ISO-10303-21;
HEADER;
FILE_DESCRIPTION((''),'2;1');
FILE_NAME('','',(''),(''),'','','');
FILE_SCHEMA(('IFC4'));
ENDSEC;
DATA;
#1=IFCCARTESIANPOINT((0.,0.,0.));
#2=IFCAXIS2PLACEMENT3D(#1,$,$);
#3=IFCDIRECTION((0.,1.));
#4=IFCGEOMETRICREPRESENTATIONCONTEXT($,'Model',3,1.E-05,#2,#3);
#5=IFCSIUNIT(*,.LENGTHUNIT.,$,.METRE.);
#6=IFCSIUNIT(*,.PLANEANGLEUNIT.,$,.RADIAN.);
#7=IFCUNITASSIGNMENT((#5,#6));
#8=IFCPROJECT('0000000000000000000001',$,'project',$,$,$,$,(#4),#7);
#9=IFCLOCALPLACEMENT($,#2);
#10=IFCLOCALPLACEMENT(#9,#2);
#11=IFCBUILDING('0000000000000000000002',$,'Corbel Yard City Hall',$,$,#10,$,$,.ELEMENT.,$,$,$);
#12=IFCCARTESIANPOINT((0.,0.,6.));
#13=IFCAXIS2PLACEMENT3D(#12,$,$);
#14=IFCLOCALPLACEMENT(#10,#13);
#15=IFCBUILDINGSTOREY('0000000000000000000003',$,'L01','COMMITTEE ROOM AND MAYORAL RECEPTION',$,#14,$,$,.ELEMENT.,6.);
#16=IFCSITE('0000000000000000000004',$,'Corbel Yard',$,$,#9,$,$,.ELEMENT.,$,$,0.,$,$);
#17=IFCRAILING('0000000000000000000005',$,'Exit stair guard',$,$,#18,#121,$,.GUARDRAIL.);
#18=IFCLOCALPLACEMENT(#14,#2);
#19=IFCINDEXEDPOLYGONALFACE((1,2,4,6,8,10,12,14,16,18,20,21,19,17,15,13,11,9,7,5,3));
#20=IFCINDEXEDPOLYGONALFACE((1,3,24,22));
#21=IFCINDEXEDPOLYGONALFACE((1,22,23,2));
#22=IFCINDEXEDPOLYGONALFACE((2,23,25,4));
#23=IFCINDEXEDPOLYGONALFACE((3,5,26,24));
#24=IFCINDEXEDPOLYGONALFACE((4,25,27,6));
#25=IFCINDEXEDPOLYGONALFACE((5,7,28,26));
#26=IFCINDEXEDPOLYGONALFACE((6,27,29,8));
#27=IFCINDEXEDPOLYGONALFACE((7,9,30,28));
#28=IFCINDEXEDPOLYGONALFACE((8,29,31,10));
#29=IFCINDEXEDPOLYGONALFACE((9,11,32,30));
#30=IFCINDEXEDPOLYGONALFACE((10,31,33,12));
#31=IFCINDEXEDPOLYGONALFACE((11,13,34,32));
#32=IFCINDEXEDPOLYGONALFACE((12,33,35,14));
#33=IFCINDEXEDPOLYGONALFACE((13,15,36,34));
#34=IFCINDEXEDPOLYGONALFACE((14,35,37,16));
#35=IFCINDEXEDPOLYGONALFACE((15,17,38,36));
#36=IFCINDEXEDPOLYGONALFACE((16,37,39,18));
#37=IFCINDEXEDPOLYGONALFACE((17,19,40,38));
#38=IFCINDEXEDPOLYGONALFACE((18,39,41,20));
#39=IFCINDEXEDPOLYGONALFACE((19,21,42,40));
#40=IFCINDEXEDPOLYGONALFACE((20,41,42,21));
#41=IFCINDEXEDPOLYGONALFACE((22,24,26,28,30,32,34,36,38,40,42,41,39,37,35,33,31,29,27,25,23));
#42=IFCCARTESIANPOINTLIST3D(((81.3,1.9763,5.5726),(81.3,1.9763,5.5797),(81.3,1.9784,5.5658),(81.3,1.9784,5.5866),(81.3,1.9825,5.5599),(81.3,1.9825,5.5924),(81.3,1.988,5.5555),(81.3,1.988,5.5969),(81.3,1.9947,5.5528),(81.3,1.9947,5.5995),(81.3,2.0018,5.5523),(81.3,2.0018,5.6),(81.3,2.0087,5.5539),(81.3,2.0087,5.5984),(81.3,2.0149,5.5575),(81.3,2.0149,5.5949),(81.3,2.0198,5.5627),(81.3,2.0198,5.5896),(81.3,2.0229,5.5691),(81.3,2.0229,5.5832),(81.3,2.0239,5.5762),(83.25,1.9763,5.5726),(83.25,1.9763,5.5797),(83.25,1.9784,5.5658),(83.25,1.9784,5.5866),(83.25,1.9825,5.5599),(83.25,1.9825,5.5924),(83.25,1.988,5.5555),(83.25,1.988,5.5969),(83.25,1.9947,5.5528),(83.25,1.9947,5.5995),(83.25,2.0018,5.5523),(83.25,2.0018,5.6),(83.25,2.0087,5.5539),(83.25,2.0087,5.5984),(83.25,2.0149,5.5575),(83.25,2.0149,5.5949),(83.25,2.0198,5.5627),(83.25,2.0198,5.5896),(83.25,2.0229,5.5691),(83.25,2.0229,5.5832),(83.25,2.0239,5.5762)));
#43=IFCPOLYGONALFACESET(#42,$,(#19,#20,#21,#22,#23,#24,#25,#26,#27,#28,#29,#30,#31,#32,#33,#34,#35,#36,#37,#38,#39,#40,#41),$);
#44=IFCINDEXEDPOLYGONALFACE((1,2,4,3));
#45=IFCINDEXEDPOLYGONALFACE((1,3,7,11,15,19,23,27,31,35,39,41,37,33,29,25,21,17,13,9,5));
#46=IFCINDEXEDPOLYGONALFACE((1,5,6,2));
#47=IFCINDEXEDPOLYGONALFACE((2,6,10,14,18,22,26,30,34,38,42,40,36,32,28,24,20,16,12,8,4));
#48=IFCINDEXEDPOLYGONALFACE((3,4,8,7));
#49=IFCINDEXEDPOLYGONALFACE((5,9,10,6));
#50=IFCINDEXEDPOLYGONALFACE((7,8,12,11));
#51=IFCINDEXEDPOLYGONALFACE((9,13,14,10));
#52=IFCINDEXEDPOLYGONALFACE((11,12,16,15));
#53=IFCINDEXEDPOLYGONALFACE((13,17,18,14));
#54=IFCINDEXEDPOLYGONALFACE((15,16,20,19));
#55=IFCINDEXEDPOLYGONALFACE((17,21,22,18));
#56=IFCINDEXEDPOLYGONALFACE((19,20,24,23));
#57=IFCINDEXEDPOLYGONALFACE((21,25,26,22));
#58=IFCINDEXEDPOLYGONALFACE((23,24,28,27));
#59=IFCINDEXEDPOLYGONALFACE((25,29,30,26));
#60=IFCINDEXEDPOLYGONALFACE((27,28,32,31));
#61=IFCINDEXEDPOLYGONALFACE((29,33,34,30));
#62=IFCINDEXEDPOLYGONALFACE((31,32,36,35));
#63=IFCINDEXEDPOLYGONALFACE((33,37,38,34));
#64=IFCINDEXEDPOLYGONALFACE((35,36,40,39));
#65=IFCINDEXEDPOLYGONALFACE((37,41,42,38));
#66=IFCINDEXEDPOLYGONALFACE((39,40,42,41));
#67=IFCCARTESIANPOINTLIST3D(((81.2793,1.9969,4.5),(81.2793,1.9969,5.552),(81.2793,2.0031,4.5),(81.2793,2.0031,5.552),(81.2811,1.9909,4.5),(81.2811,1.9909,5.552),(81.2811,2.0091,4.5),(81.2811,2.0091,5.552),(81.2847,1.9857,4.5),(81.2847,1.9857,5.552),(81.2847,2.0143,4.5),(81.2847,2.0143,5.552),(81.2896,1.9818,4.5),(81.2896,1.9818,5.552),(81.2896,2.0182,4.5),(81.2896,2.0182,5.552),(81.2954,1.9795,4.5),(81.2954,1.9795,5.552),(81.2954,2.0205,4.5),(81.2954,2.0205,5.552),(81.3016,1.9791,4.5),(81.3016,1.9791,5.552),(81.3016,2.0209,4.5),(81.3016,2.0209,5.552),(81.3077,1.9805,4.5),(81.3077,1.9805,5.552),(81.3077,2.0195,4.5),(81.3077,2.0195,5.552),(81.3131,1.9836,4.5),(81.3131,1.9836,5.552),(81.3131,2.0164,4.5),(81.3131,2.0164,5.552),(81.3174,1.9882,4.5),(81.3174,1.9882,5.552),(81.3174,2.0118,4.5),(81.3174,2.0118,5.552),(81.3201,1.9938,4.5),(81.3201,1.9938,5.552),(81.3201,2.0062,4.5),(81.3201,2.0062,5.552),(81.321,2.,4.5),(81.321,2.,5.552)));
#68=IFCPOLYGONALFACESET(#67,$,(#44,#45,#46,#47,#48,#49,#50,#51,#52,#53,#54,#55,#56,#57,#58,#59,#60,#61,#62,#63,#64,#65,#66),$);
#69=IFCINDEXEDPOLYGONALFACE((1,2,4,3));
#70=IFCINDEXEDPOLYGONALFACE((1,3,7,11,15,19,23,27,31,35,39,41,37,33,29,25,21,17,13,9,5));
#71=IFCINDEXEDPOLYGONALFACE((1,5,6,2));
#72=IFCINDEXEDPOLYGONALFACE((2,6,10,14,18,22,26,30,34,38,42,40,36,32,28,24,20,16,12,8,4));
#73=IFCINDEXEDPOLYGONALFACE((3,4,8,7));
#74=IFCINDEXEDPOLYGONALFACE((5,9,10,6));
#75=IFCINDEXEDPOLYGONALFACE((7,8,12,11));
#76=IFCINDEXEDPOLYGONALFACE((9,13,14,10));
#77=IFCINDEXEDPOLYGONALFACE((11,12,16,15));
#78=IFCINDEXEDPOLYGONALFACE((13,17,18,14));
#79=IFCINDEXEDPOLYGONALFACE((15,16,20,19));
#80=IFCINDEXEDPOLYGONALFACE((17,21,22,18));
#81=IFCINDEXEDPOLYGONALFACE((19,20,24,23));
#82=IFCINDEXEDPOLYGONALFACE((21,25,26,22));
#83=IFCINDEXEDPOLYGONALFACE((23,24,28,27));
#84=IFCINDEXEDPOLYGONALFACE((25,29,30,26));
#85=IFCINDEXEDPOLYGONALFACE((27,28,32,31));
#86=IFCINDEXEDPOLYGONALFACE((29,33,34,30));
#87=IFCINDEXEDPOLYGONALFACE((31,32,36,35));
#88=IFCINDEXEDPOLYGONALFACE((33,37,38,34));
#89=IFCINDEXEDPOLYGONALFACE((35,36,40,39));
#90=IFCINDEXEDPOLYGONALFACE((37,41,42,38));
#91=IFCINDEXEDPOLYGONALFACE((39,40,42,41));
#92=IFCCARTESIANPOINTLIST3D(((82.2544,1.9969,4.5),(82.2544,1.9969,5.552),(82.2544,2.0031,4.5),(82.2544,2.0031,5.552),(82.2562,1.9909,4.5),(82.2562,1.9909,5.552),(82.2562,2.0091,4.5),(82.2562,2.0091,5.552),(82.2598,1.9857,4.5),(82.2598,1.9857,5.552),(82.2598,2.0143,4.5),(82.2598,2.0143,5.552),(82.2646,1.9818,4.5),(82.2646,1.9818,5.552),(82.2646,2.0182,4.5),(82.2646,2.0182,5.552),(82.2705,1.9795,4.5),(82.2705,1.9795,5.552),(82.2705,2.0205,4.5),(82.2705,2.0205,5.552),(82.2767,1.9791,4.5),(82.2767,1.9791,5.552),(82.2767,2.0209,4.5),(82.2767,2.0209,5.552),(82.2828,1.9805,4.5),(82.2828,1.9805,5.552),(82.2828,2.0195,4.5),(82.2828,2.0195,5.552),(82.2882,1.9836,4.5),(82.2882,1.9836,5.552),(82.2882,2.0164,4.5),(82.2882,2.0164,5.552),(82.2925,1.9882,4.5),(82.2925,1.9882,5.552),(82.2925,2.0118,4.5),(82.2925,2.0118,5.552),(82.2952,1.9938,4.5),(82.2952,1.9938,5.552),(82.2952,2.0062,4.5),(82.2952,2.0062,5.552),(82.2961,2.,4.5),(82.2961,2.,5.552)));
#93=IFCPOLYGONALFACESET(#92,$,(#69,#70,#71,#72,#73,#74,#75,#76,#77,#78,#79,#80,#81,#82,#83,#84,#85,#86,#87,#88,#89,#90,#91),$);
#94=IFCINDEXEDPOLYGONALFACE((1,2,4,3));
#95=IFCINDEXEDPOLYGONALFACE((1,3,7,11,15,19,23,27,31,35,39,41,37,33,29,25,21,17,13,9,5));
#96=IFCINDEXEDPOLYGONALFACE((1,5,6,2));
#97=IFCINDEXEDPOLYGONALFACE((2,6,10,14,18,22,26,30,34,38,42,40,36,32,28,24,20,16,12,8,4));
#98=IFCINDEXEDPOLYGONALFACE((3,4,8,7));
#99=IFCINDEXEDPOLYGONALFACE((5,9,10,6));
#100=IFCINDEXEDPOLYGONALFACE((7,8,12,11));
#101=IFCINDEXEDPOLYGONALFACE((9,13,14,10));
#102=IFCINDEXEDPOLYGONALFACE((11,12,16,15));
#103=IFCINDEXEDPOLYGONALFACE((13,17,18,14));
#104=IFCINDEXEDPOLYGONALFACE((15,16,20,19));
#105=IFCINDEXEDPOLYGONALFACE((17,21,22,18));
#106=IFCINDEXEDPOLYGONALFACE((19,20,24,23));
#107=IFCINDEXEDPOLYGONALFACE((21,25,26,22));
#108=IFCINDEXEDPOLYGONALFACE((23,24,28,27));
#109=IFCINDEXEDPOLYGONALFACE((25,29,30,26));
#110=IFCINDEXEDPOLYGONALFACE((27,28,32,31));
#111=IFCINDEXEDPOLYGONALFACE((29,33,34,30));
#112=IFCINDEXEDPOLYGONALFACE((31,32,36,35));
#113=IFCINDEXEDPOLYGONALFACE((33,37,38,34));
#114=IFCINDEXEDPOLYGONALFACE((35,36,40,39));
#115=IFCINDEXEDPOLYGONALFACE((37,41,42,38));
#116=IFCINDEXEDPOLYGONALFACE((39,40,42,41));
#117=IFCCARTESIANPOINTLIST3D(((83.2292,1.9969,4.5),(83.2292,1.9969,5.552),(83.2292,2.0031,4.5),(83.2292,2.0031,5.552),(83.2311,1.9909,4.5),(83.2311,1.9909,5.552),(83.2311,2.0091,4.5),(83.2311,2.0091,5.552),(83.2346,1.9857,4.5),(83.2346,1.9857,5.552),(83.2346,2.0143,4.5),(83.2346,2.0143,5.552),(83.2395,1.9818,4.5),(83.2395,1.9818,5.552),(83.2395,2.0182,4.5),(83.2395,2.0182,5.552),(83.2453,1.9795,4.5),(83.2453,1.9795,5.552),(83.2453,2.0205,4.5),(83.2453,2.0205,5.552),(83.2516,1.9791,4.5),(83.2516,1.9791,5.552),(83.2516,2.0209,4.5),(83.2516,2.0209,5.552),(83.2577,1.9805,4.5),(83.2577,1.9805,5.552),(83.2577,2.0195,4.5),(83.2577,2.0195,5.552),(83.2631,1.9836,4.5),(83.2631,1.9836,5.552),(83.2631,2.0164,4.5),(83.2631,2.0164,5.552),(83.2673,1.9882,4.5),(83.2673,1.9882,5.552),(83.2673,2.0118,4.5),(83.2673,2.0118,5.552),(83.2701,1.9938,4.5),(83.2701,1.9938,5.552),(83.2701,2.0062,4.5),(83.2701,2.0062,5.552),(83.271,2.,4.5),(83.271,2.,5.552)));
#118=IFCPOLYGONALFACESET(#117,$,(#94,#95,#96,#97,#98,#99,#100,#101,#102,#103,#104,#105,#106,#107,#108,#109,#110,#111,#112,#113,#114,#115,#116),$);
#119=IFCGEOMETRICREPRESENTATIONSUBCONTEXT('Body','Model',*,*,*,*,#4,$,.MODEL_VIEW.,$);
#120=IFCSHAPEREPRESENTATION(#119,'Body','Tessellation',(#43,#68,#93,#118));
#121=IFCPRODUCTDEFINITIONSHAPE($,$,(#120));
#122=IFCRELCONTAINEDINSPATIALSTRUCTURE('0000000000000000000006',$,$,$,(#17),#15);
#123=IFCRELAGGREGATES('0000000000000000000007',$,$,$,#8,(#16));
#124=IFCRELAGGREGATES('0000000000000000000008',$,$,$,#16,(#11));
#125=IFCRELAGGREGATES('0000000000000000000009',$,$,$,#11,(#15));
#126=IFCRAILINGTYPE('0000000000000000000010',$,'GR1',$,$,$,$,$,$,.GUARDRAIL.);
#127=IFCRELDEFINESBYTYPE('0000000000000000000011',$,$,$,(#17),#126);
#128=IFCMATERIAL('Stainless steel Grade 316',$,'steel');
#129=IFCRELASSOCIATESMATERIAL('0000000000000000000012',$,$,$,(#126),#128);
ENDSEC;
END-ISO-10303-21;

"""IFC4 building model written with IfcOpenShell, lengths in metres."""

from ifc_helpers import new_model, si_unit, direction, frame, origin, origin_2d, place, context, subcontext, project, spatial, circle, extrude, material, type_object, element, save


model = new_model("IFC4")

# Units and contexts
model_context = context("Model", 3, precision=1e-05, world=origin(), true_north=direction((0.0, 1.0)))
body_context = subcontext(model_context, "Body", "Model", "MODEL_VIEW")
ifc_project = project(units=[si_unit("LENGTHUNIT", "METRE"), si_unit("PLANEANGLEUNIT", "RADIAN")], contexts=[model_context])

# Site, building, storey
site_placement = place(None, origin())
site = spatial("IfcSite", under=ifc_project, at=site_placement, Name="Corbel Yard", CompositionType="ELEMENT", RefElevation=0.0)
building_placement = place(site_placement, origin())
building = spatial("IfcBuilding", under=site, at=building_placement, Name="Corbel Yard City Hall", CompositionType="ELEMENT")
storey_placement = place(building_placement, frame((0.0, 0.0, 6.0)))
storey = spatial("IfcBuildingStorey", under=building, at=storey_placement, Name="L01", Description="COMMITTEE ROOM AND MAYORAL RECEPTION", CompositionType="ELEMENT", Elevation=6.0)

# Shared definitions
ifc_material_1 = material(Name="Stainless steel Grade 316", Category="steel")

# Railing
railing_type_1 = type_object("IfcRailingType", Name="GR1", PredefinedType="GUARDRAIL", material=ifc_material_1)
railing_placement = place(storey_placement, frame((81.3, 2.0, 4.5)))
element("IfcRailing", 1, at=railing_placement, inside=storey, type_object=railing_type_1, Name="Exit stair guard", PredefinedType="GUARDRAIL", context=body_context, shape_type="SweptSolid", body=[
    extrude(circle(Radius=0.0239, at=origin_2d()), frame((0.0, 0.0, 1.0762), z_axis=(1.0, 0.0, 0.0), x_axis=(0.0, 1.0, 0.0)), (0.0, 0.0, 1.0), 1.95),
    extrude(circle(Radius=0.021, at=origin_2d()), origin(), (0.0, 0.0, 1.0), 1.052),
    extrude(circle(Radius=0.021, at=origin_2d()), frame((0.9751, 0.0, 0.0)), (0.0, 0.0, 1.0), 1.052),
    extrude(circle(Radius=0.021, at=origin_2d()), frame((1.95, 0.0, 0.0)), (0.0, 0.0, 1.0), 1.052),
])

save(model, "model.ifc")
